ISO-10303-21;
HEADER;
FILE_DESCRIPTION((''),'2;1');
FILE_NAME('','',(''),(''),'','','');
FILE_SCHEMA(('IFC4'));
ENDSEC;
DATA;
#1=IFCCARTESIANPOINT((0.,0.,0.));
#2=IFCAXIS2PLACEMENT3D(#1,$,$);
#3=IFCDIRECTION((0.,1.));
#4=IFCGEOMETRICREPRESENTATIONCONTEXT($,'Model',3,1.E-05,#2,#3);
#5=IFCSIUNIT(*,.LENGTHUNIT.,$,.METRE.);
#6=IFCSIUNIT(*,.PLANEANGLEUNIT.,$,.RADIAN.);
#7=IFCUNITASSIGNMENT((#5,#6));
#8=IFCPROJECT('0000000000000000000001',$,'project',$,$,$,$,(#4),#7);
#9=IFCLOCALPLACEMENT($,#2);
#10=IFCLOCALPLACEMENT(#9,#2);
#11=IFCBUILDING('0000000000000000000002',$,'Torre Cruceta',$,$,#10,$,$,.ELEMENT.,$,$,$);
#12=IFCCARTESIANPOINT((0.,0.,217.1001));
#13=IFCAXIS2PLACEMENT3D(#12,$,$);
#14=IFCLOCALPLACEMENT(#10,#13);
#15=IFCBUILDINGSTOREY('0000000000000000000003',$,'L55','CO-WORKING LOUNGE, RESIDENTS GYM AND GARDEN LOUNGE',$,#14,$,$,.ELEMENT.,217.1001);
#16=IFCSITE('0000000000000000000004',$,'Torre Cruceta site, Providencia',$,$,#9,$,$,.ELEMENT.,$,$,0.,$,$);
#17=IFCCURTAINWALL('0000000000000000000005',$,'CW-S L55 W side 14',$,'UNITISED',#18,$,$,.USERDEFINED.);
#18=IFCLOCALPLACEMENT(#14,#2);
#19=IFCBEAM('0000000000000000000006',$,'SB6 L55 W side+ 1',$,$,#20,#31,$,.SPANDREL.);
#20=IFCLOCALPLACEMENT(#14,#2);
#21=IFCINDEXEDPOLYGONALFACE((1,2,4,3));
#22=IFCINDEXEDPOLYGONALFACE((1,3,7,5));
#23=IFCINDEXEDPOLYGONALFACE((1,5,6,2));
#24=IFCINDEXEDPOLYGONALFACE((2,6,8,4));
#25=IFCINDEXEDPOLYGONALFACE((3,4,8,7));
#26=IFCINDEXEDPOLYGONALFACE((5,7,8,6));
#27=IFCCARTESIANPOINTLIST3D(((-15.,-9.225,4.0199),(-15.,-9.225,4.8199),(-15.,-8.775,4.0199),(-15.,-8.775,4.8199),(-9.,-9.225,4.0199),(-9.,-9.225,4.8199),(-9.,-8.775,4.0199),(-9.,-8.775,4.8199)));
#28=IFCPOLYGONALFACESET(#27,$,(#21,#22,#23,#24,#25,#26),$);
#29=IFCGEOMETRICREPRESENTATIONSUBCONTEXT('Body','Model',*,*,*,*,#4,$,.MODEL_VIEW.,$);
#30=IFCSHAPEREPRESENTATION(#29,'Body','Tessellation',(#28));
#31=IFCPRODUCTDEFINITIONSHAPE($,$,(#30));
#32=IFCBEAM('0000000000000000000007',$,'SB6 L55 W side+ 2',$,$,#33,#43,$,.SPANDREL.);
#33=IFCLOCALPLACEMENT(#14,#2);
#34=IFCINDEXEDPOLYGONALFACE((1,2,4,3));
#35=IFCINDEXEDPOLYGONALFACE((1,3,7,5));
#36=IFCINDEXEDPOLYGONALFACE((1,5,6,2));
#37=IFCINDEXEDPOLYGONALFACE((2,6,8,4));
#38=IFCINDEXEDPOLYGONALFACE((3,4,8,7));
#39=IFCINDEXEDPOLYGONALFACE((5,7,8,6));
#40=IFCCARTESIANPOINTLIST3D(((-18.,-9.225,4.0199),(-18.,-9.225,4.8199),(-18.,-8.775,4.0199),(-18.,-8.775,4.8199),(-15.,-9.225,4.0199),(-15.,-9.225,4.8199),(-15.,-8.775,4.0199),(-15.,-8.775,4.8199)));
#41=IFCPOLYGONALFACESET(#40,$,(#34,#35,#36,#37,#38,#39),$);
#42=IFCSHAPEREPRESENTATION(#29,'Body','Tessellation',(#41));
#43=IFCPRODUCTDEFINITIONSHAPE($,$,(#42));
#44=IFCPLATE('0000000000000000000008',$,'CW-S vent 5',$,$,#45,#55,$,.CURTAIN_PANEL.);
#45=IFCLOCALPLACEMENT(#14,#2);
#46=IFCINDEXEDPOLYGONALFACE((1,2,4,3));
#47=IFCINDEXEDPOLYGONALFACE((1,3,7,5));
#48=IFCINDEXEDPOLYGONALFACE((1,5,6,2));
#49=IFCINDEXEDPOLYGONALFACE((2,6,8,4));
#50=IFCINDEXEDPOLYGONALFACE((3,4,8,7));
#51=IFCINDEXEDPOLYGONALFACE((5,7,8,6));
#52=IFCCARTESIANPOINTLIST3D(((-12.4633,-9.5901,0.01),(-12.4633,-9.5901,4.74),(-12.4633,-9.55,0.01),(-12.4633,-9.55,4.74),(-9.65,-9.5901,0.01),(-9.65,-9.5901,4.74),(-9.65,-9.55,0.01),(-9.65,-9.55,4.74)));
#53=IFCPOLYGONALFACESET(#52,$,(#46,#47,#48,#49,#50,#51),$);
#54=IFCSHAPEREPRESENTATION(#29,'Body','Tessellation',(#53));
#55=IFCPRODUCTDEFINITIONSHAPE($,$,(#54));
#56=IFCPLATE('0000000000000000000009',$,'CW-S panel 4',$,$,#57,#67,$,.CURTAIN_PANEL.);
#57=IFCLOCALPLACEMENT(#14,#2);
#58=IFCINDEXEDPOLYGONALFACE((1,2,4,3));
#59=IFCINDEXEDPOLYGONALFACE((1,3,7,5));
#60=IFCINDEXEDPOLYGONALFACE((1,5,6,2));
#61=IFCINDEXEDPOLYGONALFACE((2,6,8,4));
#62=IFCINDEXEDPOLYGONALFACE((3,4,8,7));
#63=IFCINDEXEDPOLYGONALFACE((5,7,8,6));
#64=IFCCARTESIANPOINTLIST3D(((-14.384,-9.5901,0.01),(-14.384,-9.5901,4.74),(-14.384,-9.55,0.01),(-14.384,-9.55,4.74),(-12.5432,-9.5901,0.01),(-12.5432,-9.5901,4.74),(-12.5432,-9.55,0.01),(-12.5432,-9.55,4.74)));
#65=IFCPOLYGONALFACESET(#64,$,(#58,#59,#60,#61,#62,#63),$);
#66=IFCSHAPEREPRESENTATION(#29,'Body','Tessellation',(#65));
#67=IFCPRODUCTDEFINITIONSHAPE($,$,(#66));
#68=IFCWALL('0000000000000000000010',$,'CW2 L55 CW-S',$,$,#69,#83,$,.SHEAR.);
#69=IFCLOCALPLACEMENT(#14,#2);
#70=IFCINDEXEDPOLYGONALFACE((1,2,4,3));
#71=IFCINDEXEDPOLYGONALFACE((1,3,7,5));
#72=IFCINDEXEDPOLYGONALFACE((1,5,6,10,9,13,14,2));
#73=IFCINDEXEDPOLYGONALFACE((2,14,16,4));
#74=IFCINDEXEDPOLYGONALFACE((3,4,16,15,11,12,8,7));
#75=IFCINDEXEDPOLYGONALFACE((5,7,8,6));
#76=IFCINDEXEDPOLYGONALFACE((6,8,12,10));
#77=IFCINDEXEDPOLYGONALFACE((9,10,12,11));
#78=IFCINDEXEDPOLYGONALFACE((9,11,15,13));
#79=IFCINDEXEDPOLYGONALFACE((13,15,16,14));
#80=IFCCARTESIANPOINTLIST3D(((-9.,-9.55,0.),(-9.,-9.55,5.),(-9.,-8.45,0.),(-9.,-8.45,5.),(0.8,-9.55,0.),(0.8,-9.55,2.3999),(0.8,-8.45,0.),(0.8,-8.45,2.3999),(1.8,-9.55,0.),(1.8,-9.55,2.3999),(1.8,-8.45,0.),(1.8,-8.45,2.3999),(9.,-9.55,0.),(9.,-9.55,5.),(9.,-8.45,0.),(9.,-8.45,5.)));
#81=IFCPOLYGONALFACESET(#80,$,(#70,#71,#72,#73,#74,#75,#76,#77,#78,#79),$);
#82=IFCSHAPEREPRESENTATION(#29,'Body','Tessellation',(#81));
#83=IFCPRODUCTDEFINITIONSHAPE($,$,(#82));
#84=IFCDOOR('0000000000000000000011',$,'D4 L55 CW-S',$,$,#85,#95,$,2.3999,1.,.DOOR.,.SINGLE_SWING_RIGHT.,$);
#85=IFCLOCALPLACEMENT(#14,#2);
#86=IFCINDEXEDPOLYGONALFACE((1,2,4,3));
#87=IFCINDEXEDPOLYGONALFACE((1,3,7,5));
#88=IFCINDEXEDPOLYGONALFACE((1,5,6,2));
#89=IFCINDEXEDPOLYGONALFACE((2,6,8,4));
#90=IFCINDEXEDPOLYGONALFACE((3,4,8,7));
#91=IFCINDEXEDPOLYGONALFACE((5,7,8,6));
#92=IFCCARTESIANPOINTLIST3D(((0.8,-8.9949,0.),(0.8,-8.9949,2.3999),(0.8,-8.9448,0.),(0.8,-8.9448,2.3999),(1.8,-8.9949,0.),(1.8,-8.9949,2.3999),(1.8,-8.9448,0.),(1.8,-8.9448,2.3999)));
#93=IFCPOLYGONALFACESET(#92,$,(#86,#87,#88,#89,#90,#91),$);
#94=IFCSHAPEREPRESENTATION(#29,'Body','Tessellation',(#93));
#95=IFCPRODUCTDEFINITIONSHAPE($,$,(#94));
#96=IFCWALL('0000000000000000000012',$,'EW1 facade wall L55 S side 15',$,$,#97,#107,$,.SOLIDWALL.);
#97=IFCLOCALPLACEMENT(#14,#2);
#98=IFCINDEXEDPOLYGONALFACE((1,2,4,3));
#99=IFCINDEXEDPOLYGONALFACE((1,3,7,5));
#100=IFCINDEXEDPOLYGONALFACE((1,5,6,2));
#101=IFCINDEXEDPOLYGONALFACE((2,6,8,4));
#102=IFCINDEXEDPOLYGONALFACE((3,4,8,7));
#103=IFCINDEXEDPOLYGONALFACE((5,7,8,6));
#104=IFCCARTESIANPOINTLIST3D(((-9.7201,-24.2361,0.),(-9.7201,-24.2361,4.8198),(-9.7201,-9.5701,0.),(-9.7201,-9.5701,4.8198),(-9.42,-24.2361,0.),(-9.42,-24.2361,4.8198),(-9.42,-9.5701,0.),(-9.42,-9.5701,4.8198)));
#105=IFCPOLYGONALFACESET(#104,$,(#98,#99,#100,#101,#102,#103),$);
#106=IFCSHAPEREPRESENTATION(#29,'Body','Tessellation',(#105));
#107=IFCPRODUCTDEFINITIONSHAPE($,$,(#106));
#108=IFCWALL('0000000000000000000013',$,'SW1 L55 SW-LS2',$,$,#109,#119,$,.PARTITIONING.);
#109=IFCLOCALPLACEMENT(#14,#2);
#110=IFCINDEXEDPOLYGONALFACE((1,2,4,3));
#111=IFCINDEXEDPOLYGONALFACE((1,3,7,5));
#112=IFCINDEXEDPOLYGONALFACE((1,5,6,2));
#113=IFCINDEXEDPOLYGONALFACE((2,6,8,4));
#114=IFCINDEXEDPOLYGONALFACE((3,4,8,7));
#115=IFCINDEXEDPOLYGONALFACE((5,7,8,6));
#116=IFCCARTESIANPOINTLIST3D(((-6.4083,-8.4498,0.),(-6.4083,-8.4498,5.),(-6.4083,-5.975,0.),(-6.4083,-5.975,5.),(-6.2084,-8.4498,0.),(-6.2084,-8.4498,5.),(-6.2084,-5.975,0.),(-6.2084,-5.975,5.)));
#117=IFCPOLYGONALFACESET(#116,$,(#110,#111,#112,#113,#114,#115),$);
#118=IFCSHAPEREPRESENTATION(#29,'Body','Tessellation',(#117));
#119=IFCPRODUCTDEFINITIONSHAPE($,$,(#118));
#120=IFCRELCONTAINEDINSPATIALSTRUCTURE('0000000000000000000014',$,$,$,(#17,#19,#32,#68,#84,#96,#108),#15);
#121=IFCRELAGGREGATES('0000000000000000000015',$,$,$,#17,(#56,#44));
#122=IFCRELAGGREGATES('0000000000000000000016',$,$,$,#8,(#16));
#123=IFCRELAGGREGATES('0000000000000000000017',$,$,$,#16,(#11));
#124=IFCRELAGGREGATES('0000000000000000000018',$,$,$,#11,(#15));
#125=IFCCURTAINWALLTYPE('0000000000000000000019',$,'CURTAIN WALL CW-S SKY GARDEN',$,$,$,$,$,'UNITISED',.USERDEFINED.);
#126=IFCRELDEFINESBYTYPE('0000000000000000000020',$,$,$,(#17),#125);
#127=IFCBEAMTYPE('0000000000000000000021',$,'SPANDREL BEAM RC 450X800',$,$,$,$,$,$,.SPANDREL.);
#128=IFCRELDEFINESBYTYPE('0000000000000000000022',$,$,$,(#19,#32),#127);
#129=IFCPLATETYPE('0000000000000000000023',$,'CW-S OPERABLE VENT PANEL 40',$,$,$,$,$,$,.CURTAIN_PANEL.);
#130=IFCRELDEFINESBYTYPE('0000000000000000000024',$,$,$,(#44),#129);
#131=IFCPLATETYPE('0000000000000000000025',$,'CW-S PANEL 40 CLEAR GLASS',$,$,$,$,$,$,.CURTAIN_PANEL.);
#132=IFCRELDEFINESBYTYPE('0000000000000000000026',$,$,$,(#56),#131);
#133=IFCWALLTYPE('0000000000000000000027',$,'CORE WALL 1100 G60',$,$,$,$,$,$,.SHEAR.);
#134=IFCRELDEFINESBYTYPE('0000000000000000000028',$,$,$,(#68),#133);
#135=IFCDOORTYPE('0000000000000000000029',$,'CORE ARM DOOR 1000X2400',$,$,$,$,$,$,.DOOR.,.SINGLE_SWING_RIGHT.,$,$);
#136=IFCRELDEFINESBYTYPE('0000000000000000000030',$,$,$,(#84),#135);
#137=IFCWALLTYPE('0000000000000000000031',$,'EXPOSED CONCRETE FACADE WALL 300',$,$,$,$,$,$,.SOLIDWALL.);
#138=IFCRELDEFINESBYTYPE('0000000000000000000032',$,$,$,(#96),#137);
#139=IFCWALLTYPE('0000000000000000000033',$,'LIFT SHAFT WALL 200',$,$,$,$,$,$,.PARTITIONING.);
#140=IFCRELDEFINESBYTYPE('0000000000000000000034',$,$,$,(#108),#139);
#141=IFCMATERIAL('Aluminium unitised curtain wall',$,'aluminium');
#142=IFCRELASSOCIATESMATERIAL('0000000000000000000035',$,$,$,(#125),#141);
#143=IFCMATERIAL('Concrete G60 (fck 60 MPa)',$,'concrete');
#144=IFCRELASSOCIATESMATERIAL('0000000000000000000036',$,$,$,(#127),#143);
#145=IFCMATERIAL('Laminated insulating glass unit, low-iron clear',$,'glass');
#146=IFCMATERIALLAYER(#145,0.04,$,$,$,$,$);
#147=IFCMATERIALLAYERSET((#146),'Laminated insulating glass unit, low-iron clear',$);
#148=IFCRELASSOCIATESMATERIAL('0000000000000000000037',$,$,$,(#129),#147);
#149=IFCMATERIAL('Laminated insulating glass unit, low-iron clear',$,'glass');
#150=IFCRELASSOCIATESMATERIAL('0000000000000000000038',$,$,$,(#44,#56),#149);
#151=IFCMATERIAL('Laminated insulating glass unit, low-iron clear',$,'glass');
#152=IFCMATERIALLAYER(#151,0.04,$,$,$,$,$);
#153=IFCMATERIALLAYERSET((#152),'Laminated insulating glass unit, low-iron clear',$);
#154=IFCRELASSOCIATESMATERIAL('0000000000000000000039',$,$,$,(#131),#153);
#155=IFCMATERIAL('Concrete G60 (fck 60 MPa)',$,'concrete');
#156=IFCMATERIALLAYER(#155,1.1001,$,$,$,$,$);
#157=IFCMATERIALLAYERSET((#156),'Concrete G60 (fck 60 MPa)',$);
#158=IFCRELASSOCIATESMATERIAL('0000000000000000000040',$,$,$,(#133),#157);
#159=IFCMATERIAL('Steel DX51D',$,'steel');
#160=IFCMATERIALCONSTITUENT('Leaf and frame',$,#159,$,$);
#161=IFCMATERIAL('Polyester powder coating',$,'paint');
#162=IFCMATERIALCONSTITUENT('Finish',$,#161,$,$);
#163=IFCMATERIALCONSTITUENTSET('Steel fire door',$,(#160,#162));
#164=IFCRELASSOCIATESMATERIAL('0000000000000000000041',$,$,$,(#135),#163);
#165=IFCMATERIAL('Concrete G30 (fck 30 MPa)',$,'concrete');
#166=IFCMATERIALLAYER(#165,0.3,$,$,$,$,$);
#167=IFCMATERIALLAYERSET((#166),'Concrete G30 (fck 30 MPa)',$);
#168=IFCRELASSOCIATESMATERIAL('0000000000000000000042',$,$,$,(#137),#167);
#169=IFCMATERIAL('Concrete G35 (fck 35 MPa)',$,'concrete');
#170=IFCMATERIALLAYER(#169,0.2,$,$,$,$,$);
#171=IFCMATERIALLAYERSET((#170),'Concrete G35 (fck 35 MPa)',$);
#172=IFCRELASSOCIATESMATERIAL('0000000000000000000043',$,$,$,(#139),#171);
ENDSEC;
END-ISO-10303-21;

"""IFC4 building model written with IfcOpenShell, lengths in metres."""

from ifc_helpers import new_model, si_unit, direction, frame, frame_2d, origin, origin_2d, place, context, subcontext, project, spatial, rectangle, extrude, material, layer, layer_set, constituent, constituent_set, material_profile, profile_set, type_object, element, fill, aggregate, save


model = new_model("IFC4")

# Units and contexts
model_context = context("Model", 3, precision=1e-05, world=origin(), true_north=direction((0.0, 1.0)))
body_context = subcontext(model_context, "Body", "Model", "MODEL_VIEW")
ifc_project = project(units=[si_unit("LENGTHUNIT", "METRE"), si_unit("PLANEANGLEUNIT", "RADIAN")], contexts=[model_context])

# Site, building, storey
site_placement = place(None, origin())
site = spatial("IfcSite", under=ifc_project, at=site_placement, Name="Torre Cruceta site, Providencia", CompositionType="ELEMENT", RefElevation=0.0)
building_placement = place(site_placement, origin())
building = spatial("IfcBuilding", under=site, at=building_placement, Name="Torre Cruceta", CompositionType="ELEMENT")
storey_placement = place(building_placement, frame((0.0, 0.0, 217.1001)))
storey = spatial("IfcBuildingStorey", under=building, at=storey_placement, Name="L55", Description="CO-WORKING LOUNGE, RESIDENTS GYM AND GARDEN LOUNGE", CompositionType="ELEMENT", Elevation=217.1001)

# Curtain wall
ifc_material_1 = material(Name="Aluminium unitised curtain wall", Category="aluminium")
curtain_wall_type = type_object("IfcCurtainWallType", Name="CURTAIN WALL CW-S SKY GARDEN", ElementType="UNITISED", PredefinedType="USERDEFINED", material=ifc_material_1)
curtain_wall_placement = place(storey_placement, origin())
curtain_wall = element("IfcCurtainWall", 1, at=curtain_wall_placement, inside=storey, type_object=curtain_wall_type, Name="CW-S L55 W side 14", ObjectType="UNITISED", PredefinedType="USERDEFINED")

# Beams
ifc_material_2 = material(Name="Concrete G60 (fck 60 MPa)", Category="concrete")
ifc_material_profile_1 = material_profile(ifc_material_2, rectangle(XDim=0.45, YDim=0.8, at=origin_2d()), Name="RC 450X800")
ifc_profile_set_1 = profile_set([ifc_material_profile_1], Name="Concrete G60 (fck 60 MPa)")
beam_type_1 = type_object("IfcBeamType", Name="SPANDREL BEAM RC 450X800", PredefinedType="SPANDREL", material=ifc_profile_set_1)
beam_1_placement = place(storey_placement, frame((-9.0, -9.0, 4.4199), z_axis=(-1.0, 0.0, 0.0), x_axis=(0.0, -1.0, 0.0)))
element("IfcBeam", 2, at=beam_1_placement, inside=storey, type_object=beam_type_1, Name="SB6 L55 W side+ 1", PredefinedType="SPANDREL", context=body_context, shape_type="SweptSolid", body=[
    extrude(rectangle(XDim=0.45, YDim=0.8, at=origin_2d()), origin(), (0.0, 0.0, 1.0), 6.0),
])
beam_2_placement = place(storey_placement, frame((-15.0, -9.0, 4.4199), z_axis=(-1.0, 0.0, 0.0), x_axis=(0.0, -1.0, 0.0)))
element("IfcBeam", 3, at=beam_2_placement, inside=storey, type_object=beam_type_1, Name="SB6 L55 W side+ 2", PredefinedType="SPANDREL", context=body_context, shape_type="SweptSolid", body=[
    extrude(rectangle(XDim=0.45, YDim=0.8, at=origin_2d()), origin(), (0.0, 0.0, 1.0), 3.0),
])

# Plates
ifc_material_3 = material(Name="Laminated insulating glass unit, low-iron clear", Category="glass")
ifc_material_4 = material(Name="Laminated insulating glass unit, low-iron clear", Category="glass")
ifc_layer_1 = layer(ifc_material_4, 0.04)
ifc_layer_set_1 = layer_set([ifc_layer_1], Name="Laminated insulating glass unit, low-iron clear")
plate_type_1 = type_object("IfcPlateType", Name="CW-S OPERABLE VENT PANEL 40", PredefinedType="CURTAIN_PANEL", material=ifc_layer_set_1)
plate_1_placement = place(storey_placement, frame((-11.0566, -9.5701, 0.01), z_axis=(0.0, 0.0, 1.0), x_axis=(1.0, 0.0, 0.0)))
plate_1 = element("IfcPlate", 4, at=plate_1_placement, type_object=plate_type_1, material=ifc_material_3, Name="CW-S vent 5", PredefinedType="CURTAIN_PANEL", context=body_context, shape_type="SweptSolid", body=[
    extrude(rectangle(XDim=2.8132, YDim=0.04, at=origin_2d()), origin(), (0.0, 0.0, 1.0), 4.73),
])
ifc_material_5 = material(Name="Laminated insulating glass unit, low-iron clear", Category="glass")
ifc_layer_2 = layer(ifc_material_5, 0.04)
ifc_layer_set_2 = layer_set([ifc_layer_2], Name="Laminated insulating glass unit, low-iron clear")
plate_type_2 = type_object("IfcPlateType", Name="CW-S PANEL 40 CLEAR GLASS", PredefinedType="CURTAIN_PANEL", material=ifc_layer_set_2)
plate_2_placement = place(storey_placement, frame((-13.4636, -9.5701, 0.01), z_axis=(0.0, 0.0, 1.0), x_axis=(1.0, 0.0, 0.0)))
plate_2 = element("IfcPlate", 5, at=plate_2_placement, type_object=plate_type_2, material=ifc_material_3, Name="CW-S panel 4", PredefinedType="CURTAIN_PANEL", context=body_context, shape_type="SweptSolid", body=[
    extrude(rectangle(XDim=1.8408, YDim=0.04, at=origin_2d()), origin(), (0.0, 0.0, 1.0), 4.73),
])
aggregate(curtain_wall, [plate_2, plate_1])

# Wall, opening, door
ifc_material_6 = material(Name="Concrete G60 (fck 60 MPa)", Category="concrete")
ifc_layer_3 = layer(ifc_material_6, 1.1001)
ifc_layer_set_3 = layer_set([ifc_layer_3], Name="Concrete G60 (fck 60 MPa)")
wall_type_1 = type_object("IfcWallType", Name="CORE WALL 1100 G60", PredefinedType="SHEAR", material=ifc_layer_set_3)
wall_1_placement = place(storey_placement, frame((-9.0, -9.0, 0.0), z_axis=(0.0, 0.0, 1.0), x_axis=(1.0, 0.0, 0.0)))
wall_1 = element("IfcWall", 6, at=wall_1_placement, inside=storey, type_object=wall_type_1, Name="CW2 L55 CW-S", PredefinedType="SHEAR", context=body_context, shape_type="SweptSolid", body=[
    extrude(rectangle(XDim=18.0, YDim=1.1001, at=frame_2d((9.0, 0.0))), origin(), (0.0, 0.0, 1.0), 5.0),
])
opening_1_placement = place(wall_1_placement, frame((9.8, 0.0, 0.0)))
opening_1 = element("IfcOpeningElement", 7, at=opening_1_placement, cuts=wall_1, PredefinedType="OPENING", context=body_context, shape_type="SweptSolid", body=[
    extrude(rectangle(XDim=1.0, YDim=2.3999, at=frame_2d((0.5, 1.2))), frame((0.0, 0.5601, 0.0), z_axis=(0.0, -1.0, 0.0), x_axis=(1.0, 0.0, 0.0)), (0.0, 0.0, 1.0), 1.1201),
])
ifc_material_7 = material(Name="Steel DX51D", Category="steel")
ifc_constituent_1 = constituent(ifc_material_7, Name="Leaf and frame")
ifc_material_8 = material(Name="Polyester powder coating", Category="paint")
ifc_constituent_2 = constituent(ifc_material_8, Name="Finish")
ifc_constituent_set_1 = constituent_set(constituents=[ifc_constituent_1, ifc_constituent_2], Name="Steel fire door")
door_type_1 = type_object("IfcDoorType", Name="CORE ARM DOOR 1000X2400", OperationType="SINGLE_SWING_RIGHT", PredefinedType="DOOR", material=ifc_constituent_set_1)
door_1_placement = place(opening_1_placement, frame((1.0, 0.0, 0.0), z_axis=(0.0, 0.0, 1.0), x_axis=(-1.0, 0.0, 0.0)))
door_1 = element("IfcDoor", 8, at=door_1_placement, inside=storey, type_object=door_type_1, Name="D4 L55 CW-S", OperationType="SINGLE_SWING_RIGHT", OverallHeight=2.3999, OverallWidth=1.0, PredefinedType="DOOR", context=body_context, shape_type="SweptSolid", body=[
    extrude(rectangle(XDim=1.0, YDim=2.3999, at=frame_2d((0.5, 1.2))), frame((0.0, -0.0051, 0.0), z_axis=(0.0, -1.0, 0.0), x_axis=(1.0, 0.0, 0.0)), (0.0, 0.0, 1.0), 0.05),
])
fill(opening_1, door_1)

# Walls
ifc_material_9 = material(Name="Concrete G30 (fck 30 MPa)", Category="concrete")
ifc_layer_4 = layer(ifc_material_9, 0.3)
ifc_layer_set_4 = layer_set([ifc_layer_4], Name="Concrete G30 (fck 30 MPa)")
wall_type_2 = type_object("IfcWallType", Name="EXPOSED CONCRETE FACADE WALL 300", PredefinedType="SOLIDWALL", material=ifc_layer_set_4)
wall_2_placement = place(storey_placement, frame((-9.5701, -9.5701, 0.0), z_axis=(0.0, 0.0, 1.0), x_axis=(0.0, -1.0, 0.0)))
element("IfcWall", 9, at=wall_2_placement, inside=storey, type_object=wall_type_2, Name="EW1 facade wall L55 S side 15", PredefinedType="SOLIDWALL", context=body_context, shape_type="SweptSolid", body=[
    extrude(rectangle(XDim=14.666, YDim=0.3, at=frame_2d((7.333, 0.0))), origin(), (0.0, 0.0, 1.0), 4.8198),
])
ifc_material_10 = material(Name="Concrete G35 (fck 35 MPa)", Category="concrete")
ifc_layer_5 = layer(ifc_material_10, 0.2)
ifc_layer_set_5 = layer_set([ifc_layer_5], Name="Concrete G35 (fck 35 MPa)")
wall_type_3 = type_object("IfcWallType", Name="LIFT SHAFT WALL 200", PredefinedType="PARTITIONING", material=ifc_layer_set_5)
wall_3_placement = place(storey_placement, frame((-6.3083, -5.9751, 0.0), z_axis=(0.0, 0.0, 1.0), x_axis=(0.0, -1.0, 0.0)))
element("IfcWall", 10, at=wall_3_placement, inside=storey, type_object=wall_type_3, Name="SW1 L55 SW-LS2", PredefinedType="PARTITIONING", context=body_context, shape_type="SweptSolid", body=[
    extrude(rectangle(XDim=2.4749, YDim=0.2, at=frame_2d((1.2373, 0.0))), origin(), (0.0, 0.0, 1.0), 5.0),
])

save(model, "model.ifc")
